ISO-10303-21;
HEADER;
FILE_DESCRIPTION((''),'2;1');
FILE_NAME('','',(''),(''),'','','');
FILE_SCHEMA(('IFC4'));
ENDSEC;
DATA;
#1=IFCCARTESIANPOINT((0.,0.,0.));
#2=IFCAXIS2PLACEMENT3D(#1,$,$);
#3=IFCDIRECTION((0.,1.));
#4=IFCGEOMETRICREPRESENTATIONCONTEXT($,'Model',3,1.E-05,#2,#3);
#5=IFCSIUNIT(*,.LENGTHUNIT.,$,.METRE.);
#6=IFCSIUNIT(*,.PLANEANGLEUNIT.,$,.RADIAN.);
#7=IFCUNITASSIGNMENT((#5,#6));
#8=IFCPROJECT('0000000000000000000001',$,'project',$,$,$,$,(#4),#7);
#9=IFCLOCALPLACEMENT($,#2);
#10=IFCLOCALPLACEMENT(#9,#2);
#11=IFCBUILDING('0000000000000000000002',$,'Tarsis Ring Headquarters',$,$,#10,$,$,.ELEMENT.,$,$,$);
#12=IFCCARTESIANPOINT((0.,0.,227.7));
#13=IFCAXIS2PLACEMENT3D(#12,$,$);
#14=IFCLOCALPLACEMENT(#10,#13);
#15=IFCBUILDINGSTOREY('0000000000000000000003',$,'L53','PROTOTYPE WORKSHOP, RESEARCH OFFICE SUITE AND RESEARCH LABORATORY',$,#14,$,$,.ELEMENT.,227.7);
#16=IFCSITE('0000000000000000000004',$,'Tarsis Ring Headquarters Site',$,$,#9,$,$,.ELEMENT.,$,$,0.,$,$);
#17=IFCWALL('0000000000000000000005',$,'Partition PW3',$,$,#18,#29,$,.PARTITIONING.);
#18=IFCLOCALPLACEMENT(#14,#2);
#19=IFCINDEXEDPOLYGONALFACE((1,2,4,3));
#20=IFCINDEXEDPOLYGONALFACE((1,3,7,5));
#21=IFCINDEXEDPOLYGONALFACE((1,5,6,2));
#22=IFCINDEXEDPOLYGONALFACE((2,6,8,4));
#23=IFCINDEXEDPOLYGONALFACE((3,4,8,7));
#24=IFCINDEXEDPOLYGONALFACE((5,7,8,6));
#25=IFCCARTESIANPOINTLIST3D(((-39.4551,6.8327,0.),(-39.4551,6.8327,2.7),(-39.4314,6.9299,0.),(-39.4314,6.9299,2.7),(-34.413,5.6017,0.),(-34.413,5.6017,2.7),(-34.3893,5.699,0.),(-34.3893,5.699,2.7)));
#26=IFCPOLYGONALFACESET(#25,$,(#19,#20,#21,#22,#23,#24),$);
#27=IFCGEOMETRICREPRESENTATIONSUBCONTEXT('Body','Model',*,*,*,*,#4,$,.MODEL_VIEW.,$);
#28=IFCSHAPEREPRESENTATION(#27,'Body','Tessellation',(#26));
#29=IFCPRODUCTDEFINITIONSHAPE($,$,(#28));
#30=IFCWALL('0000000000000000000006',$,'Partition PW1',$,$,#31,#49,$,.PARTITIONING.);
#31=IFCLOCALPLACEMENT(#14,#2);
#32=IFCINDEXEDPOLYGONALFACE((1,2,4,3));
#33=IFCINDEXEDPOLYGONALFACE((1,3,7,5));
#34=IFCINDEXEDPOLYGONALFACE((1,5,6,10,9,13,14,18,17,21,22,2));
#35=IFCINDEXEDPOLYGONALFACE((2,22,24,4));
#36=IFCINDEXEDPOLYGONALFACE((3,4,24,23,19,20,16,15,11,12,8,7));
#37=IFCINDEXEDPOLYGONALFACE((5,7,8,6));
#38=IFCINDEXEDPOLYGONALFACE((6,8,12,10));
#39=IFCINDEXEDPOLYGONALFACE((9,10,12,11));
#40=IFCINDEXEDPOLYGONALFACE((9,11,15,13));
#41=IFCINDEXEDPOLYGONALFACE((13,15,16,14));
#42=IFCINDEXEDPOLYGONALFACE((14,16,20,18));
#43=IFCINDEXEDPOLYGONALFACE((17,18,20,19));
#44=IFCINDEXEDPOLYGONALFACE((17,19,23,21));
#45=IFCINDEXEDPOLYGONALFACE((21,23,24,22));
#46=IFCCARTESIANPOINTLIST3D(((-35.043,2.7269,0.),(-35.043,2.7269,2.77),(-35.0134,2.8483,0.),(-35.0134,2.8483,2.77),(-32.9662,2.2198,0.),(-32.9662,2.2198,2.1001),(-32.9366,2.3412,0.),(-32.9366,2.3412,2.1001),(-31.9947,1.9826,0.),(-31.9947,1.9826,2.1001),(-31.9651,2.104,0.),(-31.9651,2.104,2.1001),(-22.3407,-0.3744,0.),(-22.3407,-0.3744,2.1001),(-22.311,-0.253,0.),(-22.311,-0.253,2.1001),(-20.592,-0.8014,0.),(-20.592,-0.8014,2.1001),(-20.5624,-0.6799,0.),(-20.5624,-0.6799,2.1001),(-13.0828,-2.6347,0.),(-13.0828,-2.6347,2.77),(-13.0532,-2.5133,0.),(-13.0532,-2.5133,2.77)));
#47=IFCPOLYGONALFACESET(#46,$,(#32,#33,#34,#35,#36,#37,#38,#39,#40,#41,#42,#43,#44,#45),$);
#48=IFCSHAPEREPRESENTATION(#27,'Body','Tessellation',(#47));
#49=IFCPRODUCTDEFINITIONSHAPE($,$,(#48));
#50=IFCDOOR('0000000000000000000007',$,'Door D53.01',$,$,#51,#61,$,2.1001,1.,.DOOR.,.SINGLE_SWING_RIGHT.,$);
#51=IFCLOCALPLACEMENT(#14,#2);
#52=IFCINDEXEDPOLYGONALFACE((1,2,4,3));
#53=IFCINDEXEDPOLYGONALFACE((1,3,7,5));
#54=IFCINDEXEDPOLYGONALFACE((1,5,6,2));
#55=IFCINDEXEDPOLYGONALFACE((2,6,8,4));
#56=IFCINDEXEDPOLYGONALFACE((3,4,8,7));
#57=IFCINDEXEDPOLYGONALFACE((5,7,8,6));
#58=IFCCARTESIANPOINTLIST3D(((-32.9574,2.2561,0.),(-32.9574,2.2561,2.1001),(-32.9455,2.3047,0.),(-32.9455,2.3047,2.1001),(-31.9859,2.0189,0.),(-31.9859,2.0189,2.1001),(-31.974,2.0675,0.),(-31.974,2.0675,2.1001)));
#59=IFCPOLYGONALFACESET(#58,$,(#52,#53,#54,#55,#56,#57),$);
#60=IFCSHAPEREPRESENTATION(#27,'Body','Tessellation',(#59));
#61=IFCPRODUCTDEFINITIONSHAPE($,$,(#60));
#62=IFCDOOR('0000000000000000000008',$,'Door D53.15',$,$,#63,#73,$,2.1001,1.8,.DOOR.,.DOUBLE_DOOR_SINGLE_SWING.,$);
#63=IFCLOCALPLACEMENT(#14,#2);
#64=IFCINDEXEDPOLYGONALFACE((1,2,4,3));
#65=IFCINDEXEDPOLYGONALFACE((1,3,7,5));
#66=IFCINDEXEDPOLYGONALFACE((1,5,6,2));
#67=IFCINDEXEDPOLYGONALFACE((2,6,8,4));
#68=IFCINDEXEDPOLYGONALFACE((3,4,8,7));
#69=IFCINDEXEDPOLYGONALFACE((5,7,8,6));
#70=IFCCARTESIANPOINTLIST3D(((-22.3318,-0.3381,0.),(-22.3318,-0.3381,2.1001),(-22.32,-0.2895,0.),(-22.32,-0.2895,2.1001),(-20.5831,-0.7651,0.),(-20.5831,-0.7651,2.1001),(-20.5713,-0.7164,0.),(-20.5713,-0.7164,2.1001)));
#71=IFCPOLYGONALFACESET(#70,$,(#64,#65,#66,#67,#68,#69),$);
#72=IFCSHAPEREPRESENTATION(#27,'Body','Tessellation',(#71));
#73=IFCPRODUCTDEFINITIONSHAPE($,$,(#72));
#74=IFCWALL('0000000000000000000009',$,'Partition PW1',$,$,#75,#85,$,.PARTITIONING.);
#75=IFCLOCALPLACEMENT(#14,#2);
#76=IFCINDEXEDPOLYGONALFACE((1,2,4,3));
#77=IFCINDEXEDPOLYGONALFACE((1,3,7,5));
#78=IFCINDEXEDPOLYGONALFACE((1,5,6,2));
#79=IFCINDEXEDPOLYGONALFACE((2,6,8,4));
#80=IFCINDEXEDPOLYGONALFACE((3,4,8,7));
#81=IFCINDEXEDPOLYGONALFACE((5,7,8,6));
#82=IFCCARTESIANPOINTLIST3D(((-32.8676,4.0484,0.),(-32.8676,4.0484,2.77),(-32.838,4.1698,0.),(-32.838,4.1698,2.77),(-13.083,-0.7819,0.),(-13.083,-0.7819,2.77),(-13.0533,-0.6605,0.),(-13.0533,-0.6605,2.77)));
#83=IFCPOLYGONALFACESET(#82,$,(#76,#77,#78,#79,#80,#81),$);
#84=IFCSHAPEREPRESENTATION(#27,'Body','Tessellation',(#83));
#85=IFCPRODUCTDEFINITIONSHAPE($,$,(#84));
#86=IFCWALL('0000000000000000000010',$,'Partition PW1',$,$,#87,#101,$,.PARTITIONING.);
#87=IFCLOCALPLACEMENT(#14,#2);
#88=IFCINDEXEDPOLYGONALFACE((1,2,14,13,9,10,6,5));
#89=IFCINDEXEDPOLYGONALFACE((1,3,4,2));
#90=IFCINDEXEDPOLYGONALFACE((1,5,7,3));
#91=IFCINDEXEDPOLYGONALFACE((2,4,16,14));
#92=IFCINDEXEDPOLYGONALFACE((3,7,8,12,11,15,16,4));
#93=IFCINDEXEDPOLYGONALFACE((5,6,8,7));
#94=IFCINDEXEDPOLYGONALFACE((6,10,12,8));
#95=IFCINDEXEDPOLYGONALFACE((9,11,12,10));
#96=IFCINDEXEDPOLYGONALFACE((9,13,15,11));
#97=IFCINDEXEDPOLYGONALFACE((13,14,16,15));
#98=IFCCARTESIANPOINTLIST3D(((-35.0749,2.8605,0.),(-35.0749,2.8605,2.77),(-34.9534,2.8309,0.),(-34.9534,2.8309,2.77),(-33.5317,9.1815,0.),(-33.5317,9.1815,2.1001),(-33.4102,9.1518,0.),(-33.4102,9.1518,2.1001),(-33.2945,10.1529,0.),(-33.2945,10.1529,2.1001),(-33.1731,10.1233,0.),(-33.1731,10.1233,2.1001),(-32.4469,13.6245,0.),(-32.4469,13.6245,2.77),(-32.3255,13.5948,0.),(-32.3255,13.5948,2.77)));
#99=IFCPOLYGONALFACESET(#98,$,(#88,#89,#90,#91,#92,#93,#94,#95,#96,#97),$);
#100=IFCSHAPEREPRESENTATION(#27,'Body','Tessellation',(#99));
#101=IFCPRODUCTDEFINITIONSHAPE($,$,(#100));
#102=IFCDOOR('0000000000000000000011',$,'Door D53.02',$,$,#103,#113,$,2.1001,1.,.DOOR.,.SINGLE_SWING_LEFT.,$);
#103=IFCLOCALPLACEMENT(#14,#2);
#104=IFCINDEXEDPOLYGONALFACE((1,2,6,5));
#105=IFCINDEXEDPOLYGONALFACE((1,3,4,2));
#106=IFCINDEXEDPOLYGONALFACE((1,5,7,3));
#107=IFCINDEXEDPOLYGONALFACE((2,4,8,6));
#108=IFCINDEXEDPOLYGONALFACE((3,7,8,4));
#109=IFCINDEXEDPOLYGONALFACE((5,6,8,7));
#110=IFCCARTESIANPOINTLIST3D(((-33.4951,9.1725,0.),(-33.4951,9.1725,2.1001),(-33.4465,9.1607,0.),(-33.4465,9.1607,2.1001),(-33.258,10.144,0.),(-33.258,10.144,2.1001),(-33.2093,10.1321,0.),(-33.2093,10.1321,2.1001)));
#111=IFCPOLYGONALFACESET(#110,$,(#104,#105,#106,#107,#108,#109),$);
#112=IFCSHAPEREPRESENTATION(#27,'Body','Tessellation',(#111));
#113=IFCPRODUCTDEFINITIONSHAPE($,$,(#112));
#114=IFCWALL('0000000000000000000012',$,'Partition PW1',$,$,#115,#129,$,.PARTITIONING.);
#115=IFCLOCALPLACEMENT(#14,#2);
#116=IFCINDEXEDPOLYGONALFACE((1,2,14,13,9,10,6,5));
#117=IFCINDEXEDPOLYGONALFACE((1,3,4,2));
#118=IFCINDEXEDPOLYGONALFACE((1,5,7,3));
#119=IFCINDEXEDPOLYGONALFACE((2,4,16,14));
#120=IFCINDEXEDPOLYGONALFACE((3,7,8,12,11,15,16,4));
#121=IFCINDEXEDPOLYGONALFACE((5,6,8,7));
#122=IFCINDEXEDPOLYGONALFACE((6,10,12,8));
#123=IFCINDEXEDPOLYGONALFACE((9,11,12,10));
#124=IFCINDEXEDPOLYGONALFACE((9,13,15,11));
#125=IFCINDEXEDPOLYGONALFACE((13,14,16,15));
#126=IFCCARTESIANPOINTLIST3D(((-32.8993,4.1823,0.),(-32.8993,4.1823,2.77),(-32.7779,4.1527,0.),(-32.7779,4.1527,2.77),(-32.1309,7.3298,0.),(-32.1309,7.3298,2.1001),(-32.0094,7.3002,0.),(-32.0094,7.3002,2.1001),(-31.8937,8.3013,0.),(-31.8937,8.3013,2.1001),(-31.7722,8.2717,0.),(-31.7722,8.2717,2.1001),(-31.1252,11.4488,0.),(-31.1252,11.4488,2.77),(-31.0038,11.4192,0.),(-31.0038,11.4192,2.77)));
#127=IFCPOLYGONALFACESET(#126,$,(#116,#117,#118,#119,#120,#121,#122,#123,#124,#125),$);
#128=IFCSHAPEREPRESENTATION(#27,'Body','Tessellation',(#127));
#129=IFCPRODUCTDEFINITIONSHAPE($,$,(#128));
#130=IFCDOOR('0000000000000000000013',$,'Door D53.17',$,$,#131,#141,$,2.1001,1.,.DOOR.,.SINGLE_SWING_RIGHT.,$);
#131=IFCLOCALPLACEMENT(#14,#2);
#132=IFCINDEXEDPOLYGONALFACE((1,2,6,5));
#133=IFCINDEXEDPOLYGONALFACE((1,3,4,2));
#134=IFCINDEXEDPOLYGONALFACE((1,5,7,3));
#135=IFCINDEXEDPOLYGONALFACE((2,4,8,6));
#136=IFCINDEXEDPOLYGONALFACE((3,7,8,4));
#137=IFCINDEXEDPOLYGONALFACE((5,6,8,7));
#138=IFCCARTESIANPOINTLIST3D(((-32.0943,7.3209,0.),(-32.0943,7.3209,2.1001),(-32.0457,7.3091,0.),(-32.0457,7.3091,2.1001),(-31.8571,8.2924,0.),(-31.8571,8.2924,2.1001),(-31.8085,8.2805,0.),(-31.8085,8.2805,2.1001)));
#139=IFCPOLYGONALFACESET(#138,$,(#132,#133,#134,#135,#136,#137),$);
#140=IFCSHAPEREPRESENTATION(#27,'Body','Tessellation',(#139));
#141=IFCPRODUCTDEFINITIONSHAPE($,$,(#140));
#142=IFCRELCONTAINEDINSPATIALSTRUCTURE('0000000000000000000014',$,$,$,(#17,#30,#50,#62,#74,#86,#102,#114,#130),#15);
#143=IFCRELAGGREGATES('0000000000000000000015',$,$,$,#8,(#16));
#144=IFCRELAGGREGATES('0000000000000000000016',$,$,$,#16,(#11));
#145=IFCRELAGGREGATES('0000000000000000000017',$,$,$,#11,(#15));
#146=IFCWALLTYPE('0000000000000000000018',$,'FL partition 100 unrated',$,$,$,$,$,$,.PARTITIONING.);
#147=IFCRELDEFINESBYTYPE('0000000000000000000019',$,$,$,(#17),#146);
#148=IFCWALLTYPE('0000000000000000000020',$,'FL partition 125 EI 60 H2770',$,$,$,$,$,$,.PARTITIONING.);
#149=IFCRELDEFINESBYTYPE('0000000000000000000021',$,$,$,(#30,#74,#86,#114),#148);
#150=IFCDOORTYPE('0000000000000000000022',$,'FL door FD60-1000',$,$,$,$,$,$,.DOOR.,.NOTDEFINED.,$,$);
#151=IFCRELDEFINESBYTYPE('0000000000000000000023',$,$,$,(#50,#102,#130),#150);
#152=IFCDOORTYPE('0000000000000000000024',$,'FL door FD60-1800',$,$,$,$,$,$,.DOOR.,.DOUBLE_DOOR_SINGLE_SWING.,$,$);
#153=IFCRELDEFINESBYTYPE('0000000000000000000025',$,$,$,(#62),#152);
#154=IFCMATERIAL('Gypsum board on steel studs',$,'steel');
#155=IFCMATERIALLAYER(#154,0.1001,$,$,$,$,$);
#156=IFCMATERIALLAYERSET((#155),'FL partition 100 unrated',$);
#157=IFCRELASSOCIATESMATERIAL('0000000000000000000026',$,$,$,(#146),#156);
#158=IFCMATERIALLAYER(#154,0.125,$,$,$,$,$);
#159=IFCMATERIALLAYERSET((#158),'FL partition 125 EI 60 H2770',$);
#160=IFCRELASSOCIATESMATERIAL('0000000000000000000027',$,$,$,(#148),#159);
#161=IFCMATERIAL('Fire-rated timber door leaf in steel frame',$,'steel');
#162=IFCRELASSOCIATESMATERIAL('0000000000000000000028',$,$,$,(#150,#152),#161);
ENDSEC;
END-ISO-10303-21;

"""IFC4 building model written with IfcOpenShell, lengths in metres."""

from ifc_helpers import new_model, si_unit, direction, frame, frame_2d, origin, place, context, subcontext, project, spatial, rectangle, extrude, material, layer, layer_set, type_object, element, fill, save


model = new_model("IFC4")

# Units and contexts
model_context = context("Model", 3, precision=1e-05, world=origin(), true_north=direction((0.0, 1.0)))
body_context = subcontext(model_context, "Body", "Model", "MODEL_VIEW")
ifc_project = project(units=[si_unit("LENGTHUNIT", "METRE"), si_unit("PLANEANGLEUNIT", "RADIAN")], contexts=[model_context])

# Site, building, storey
site_placement = place(None, origin())
site = spatial("IfcSite", under=ifc_project, at=site_placement, Name="Tarsis Ring Headquarters Site", CompositionType="ELEMENT", RefElevation=0.0)
building_placement = place(site_placement, origin())
building = spatial("IfcBuilding", under=site, at=building_placement, Name="Tarsis Ring Headquarters", CompositionType="ELEMENT")
storey_placement = place(building_placement, frame((0.0, 0.0, 227.7)))
storey = spatial("IfcBuildingStorey", under=building, at=storey_placement, Name="L53", Description="PROTOTYPE WORKSHOP, RESEARCH OFFICE SUITE AND RESEARCH LABORATORY", CompositionType="ELEMENT", Elevation=227.7)

# Wall
ifc_material_1 = material(Name="Gypsum board on steel studs", Category="steel")
ifc_layer_1 = layer(ifc_material_1, 0.1001)
ifc_layer_set_1 = layer_set([ifc_layer_1], Name="FL partition 100 unrated")
wall_type_1 = type_object("IfcWallType", Name="FL partition 100 unrated", PredefinedType="PARTITIONING", material=ifc_layer_set_1)
wall_1_placement = place(storey_placement, frame((-39.4434, 6.8813, 0.0), z_axis=(0.0, 0.0, 1.0), x_axis=(0.971467, -0.237175, 0.0)))
element("IfcWall", 1, at=wall_1_placement, inside=storey, type_object=wall_type_1, Name="Partition PW3", PredefinedType="PARTITIONING", context=body_context, shape_type="SweptSolid", body=[
    extrude(rectangle(XDim=5.1902, YDim=0.1001, at=frame_2d((2.5952, 0.0))), origin(), (0.0, 0.0, 1.0), 2.7),
])

# Wall, openings, doors
ifc_layer_2 = layer(ifc_material_1, 0.125)
ifc_layer_set_2 = layer_set([ifc_layer_2], Name="FL partition 125 EI 60 H2770")
wall_type_2 = type_object("IfcWallType", Name="FL partition 125 EI 60 H2770", PredefinedType="PARTITIONING", material=ifc_layer_set_2)
wall_2_placement = place(storey_placement, frame((-35.0283, 2.7876, 0.0), z_axis=(0.0, 0.0, 1.0), x_axis=(0.971465, -0.237183, 0.0)))
wall_2 = element("IfcWall", 2, at=wall_2_placement, inside=storey, type_object=wall_type_2, Name="Partition PW1", PredefinedType="PARTITIONING", context=body_context, shape_type="SweptSolid", body=[
    extrude(rectangle(XDim=22.6052, YDim=0.125, at=frame_2d((11.3027, 0.0))), origin(), (0.0, 0.0, 1.0), 2.77),
])
opening_1_placement = place(wall_2_placement, frame((2.1379, 0.0, 0.0)))
opening_1 = element("IfcOpeningElement", 3, at=opening_1_placement, cuts=wall_2, PredefinedType="OPENING", context=body_context, shape_type="SweptSolid", body=[
    extrude(rectangle(XDim=1.0, YDim=2.1001, at=frame_2d((0.5, 1.05))), frame((0.0, 0.0725, 0.0), z_axis=(0.0, -1.0, 0.0), x_axis=(1.0, 0.0, 0.0)), (0.0, 0.0, 1.0), 0.145),
])
opening_2_placement = place(wall_2_placement, frame((13.0757, 0.0, 0.0)))
opening_2 = element("IfcOpeningElement", 4, at=opening_2_placement, cuts=wall_2, PredefinedType="OPENING", context=body_context, shape_type="SweptSolid", body=[
    extrude(rectangle(XDim=1.8, YDim=2.1001, at=frame_2d((0.8999, 1.05))), frame((0.0, 0.0725, 0.0), z_axis=(0.0, -1.0, 0.0), x_axis=(1.0, 0.0, 0.0)), (0.0, 0.0, 1.0), 0.145),
])
ifc_material_2 = material(Name="Fire-rated timber door leaf in steel frame", Category="steel")
door_type_1 = type_object("IfcDoorType", Name="FL door FD60-1000", OperationType="NOTDEFINED", PredefinedType="DOOR", material=ifc_material_2)
door_1_placement = place(opening_1_placement, origin())
door_1 = element("IfcDoor", 5, at=door_1_placement, inside=storey, type_object=door_type_1, Name="Door D53.01", OperationType="SINGLE_SWING_RIGHT", OverallHeight=2.1001, OverallWidth=1.0, PredefinedType="DOOR", context=body_context, shape_type="SweptSolid", body=[
    extrude(rectangle(XDim=1.0, YDim=2.1001, at=frame_2d((0.5, 1.05))), frame((0.0, 0.0249, 0.0), z_axis=(0.0, -1.0, 0.0), x_axis=(1.0, 0.0, 0.0)), (0.0, 0.0, 1.0), 0.05),
])
fill(opening_1, door_1)
door_type_2 = type_object("IfcDoorType", Name="FL door FD60-1800", OperationType="DOUBLE_DOOR_SINGLE_SWING", PredefinedType="DOOR", material=ifc_material_2)
door_2_placement = place(opening_2_placement, origin())
door_2 = element("IfcDoor", 6, at=door_2_placement, inside=storey, type_object=door_type_2, Name="Door D53.15", OperationType="DOUBLE_DOOR_SINGLE_SWING", OverallHeight=2.1001, OverallWidth=1.8, PredefinedType="DOOR", context=body_context, shape_type="SweptSolid", body=[
    extrude(rectangle(XDim=1.8, YDim=2.1001, at=frame_2d((0.8999, 1.05))), frame((0.0, 0.0249, 0.0), z_axis=(0.0, -1.0, 0.0), x_axis=(1.0, 0.0, 0.0)), (0.0, 0.0, 1.0), 0.05),
])
fill(opening_2, door_2)

# Wall
wall_3_placement = place(storey_placement, frame((-32.8528, 4.1091, 0.0), z_axis=(0.0, 0.0, 1.0), x_axis=(0.971466, -0.237178, 0.0)))
element("IfcWall", 7, at=wall_3_placement, inside=storey, type_object=wall_type_2, Name="Partition PW1", PredefinedType="PARTITIONING", context=body_context, shape_type="SweptSolid", body=[
    extrude(rectangle(XDim=20.3657, YDim=0.125, at=frame_2d((10.1829, 0.0))), origin(), (0.0, 0.0, 1.0), 2.77),
])

# Walls, openings, doors
wall_4_placement = place(storey_placement, frame((-35.0142, 2.8457, 0.0), z_axis=(0.0, 0.0, 1.0), x_axis=(0.237176, 0.971467, 0.0)))
wall_4 = element("IfcWall", 8, at=wall_4_placement, inside=storey, type_object=wall_type_2, Name="Partition PW1", PredefinedType="PARTITIONING", context=body_context, shape_type="SweptSolid", body=[
    extrude(rectangle(XDim=11.0801, YDim=0.125, at=frame_2d((5.54, 0.0))), origin(), (0.0, 0.0, 1.0), 2.77),
])
opening_3_placement = place(wall_4_placement, frame((6.5066, 0.0, 0.0)))
opening_3 = element("IfcOpeningElement", 9, at=opening_3_placement, cuts=wall_4, PredefinedType="OPENING", context=body_context, shape_type="SweptSolid", body=[
    extrude(rectangle(XDim=1.0, YDim=2.1001, at=frame_2d((0.5, 1.05))), frame((0.0, 0.0725, 0.0), z_axis=(0.0, -1.0, 0.0), x_axis=(1.0, 0.0, 0.0)), (0.0, 0.0, 1.0), 0.145),
])
door_3_placement = place(opening_3_placement, origin())
door_3 = element("IfcDoor", 10, at=door_3_placement, inside=storey, type_object=door_type_1, Name="Door D53.02", OperationType="SINGLE_SWING_LEFT", OverallHeight=2.1001, OverallWidth=1.0, PredefinedType="DOOR", context=body_context, shape_type="SweptSolid", body=[
    extrude(rectangle(XDim=1.0, YDim=2.1001, at=frame_2d((0.5, 1.05))), frame((0.0, 0.0249, 0.0), z_axis=(0.0, -1.0, 0.0), x_axis=(1.0, 0.0, 0.0)), (0.0, 0.0, 1.0), 0.05),
])
fill(opening_3, door_3)
wall_5_placement = place(storey_placement, frame((-32.8386, 4.1675, 0.0), z_axis=(0.0, 0.0, 1.0), x_axis=(0.237187, 0.971464, 0.0)))
wall_5 = element("IfcWall", 11, at=wall_5_placement, inside=storey, type_object=wall_type_2, Name="Partition PW1", PredefinedType="PARTITIONING", context=body_context, shape_type="SweptSolid", body=[
    extrude(rectangle(XDim=7.48, YDim=0.125, at=frame_2d((3.74, 0.0))), origin(), (0.0, 0.0, 1.0), 2.77),
])
opening_4_placement = place(wall_5_placement, frame((3.24, 0.0, 0.0)))
opening_4 = element("IfcOpeningElement", 12, at=opening_4_placement, cuts=wall_5, PredefinedType="OPENING", context=body_context, shape_type="SweptSolid", body=[
    extrude(rectangle(XDim=1.0, YDim=2.1001, at=frame_2d((0.5, 1.05))), frame((0.0, 0.0725, 0.0), z_axis=(0.0, -1.0, 0.0), x_axis=(1.0, 0.0, 0.0)), (0.0, 0.0, 1.0), 0.145),
])
door_4_placement = place(opening_4_placement, origin())
door_4 = element("IfcDoor", 13, at=door_4_placement, inside=storey, type_object=door_type_1, Name="Door D53.17", OperationType="SINGLE_SWING_RIGHT", OverallHeight=2.1001, OverallWidth=1.0, PredefinedType="DOOR", context=body_context, shape_type="SweptSolid", body=[
    extrude(rectangle(XDim=1.0, YDim=2.1001, at=frame_2d((0.5, 1.05))), frame((0.0, 0.0249, 0.0), z_axis=(0.0, -1.0, 0.0), x_axis=(1.0, 0.0, 0.0)), (0.0, 0.0, 1.0), 0.05),
])
fill(opening_4, door_4)

save(model, "model.ifc")
